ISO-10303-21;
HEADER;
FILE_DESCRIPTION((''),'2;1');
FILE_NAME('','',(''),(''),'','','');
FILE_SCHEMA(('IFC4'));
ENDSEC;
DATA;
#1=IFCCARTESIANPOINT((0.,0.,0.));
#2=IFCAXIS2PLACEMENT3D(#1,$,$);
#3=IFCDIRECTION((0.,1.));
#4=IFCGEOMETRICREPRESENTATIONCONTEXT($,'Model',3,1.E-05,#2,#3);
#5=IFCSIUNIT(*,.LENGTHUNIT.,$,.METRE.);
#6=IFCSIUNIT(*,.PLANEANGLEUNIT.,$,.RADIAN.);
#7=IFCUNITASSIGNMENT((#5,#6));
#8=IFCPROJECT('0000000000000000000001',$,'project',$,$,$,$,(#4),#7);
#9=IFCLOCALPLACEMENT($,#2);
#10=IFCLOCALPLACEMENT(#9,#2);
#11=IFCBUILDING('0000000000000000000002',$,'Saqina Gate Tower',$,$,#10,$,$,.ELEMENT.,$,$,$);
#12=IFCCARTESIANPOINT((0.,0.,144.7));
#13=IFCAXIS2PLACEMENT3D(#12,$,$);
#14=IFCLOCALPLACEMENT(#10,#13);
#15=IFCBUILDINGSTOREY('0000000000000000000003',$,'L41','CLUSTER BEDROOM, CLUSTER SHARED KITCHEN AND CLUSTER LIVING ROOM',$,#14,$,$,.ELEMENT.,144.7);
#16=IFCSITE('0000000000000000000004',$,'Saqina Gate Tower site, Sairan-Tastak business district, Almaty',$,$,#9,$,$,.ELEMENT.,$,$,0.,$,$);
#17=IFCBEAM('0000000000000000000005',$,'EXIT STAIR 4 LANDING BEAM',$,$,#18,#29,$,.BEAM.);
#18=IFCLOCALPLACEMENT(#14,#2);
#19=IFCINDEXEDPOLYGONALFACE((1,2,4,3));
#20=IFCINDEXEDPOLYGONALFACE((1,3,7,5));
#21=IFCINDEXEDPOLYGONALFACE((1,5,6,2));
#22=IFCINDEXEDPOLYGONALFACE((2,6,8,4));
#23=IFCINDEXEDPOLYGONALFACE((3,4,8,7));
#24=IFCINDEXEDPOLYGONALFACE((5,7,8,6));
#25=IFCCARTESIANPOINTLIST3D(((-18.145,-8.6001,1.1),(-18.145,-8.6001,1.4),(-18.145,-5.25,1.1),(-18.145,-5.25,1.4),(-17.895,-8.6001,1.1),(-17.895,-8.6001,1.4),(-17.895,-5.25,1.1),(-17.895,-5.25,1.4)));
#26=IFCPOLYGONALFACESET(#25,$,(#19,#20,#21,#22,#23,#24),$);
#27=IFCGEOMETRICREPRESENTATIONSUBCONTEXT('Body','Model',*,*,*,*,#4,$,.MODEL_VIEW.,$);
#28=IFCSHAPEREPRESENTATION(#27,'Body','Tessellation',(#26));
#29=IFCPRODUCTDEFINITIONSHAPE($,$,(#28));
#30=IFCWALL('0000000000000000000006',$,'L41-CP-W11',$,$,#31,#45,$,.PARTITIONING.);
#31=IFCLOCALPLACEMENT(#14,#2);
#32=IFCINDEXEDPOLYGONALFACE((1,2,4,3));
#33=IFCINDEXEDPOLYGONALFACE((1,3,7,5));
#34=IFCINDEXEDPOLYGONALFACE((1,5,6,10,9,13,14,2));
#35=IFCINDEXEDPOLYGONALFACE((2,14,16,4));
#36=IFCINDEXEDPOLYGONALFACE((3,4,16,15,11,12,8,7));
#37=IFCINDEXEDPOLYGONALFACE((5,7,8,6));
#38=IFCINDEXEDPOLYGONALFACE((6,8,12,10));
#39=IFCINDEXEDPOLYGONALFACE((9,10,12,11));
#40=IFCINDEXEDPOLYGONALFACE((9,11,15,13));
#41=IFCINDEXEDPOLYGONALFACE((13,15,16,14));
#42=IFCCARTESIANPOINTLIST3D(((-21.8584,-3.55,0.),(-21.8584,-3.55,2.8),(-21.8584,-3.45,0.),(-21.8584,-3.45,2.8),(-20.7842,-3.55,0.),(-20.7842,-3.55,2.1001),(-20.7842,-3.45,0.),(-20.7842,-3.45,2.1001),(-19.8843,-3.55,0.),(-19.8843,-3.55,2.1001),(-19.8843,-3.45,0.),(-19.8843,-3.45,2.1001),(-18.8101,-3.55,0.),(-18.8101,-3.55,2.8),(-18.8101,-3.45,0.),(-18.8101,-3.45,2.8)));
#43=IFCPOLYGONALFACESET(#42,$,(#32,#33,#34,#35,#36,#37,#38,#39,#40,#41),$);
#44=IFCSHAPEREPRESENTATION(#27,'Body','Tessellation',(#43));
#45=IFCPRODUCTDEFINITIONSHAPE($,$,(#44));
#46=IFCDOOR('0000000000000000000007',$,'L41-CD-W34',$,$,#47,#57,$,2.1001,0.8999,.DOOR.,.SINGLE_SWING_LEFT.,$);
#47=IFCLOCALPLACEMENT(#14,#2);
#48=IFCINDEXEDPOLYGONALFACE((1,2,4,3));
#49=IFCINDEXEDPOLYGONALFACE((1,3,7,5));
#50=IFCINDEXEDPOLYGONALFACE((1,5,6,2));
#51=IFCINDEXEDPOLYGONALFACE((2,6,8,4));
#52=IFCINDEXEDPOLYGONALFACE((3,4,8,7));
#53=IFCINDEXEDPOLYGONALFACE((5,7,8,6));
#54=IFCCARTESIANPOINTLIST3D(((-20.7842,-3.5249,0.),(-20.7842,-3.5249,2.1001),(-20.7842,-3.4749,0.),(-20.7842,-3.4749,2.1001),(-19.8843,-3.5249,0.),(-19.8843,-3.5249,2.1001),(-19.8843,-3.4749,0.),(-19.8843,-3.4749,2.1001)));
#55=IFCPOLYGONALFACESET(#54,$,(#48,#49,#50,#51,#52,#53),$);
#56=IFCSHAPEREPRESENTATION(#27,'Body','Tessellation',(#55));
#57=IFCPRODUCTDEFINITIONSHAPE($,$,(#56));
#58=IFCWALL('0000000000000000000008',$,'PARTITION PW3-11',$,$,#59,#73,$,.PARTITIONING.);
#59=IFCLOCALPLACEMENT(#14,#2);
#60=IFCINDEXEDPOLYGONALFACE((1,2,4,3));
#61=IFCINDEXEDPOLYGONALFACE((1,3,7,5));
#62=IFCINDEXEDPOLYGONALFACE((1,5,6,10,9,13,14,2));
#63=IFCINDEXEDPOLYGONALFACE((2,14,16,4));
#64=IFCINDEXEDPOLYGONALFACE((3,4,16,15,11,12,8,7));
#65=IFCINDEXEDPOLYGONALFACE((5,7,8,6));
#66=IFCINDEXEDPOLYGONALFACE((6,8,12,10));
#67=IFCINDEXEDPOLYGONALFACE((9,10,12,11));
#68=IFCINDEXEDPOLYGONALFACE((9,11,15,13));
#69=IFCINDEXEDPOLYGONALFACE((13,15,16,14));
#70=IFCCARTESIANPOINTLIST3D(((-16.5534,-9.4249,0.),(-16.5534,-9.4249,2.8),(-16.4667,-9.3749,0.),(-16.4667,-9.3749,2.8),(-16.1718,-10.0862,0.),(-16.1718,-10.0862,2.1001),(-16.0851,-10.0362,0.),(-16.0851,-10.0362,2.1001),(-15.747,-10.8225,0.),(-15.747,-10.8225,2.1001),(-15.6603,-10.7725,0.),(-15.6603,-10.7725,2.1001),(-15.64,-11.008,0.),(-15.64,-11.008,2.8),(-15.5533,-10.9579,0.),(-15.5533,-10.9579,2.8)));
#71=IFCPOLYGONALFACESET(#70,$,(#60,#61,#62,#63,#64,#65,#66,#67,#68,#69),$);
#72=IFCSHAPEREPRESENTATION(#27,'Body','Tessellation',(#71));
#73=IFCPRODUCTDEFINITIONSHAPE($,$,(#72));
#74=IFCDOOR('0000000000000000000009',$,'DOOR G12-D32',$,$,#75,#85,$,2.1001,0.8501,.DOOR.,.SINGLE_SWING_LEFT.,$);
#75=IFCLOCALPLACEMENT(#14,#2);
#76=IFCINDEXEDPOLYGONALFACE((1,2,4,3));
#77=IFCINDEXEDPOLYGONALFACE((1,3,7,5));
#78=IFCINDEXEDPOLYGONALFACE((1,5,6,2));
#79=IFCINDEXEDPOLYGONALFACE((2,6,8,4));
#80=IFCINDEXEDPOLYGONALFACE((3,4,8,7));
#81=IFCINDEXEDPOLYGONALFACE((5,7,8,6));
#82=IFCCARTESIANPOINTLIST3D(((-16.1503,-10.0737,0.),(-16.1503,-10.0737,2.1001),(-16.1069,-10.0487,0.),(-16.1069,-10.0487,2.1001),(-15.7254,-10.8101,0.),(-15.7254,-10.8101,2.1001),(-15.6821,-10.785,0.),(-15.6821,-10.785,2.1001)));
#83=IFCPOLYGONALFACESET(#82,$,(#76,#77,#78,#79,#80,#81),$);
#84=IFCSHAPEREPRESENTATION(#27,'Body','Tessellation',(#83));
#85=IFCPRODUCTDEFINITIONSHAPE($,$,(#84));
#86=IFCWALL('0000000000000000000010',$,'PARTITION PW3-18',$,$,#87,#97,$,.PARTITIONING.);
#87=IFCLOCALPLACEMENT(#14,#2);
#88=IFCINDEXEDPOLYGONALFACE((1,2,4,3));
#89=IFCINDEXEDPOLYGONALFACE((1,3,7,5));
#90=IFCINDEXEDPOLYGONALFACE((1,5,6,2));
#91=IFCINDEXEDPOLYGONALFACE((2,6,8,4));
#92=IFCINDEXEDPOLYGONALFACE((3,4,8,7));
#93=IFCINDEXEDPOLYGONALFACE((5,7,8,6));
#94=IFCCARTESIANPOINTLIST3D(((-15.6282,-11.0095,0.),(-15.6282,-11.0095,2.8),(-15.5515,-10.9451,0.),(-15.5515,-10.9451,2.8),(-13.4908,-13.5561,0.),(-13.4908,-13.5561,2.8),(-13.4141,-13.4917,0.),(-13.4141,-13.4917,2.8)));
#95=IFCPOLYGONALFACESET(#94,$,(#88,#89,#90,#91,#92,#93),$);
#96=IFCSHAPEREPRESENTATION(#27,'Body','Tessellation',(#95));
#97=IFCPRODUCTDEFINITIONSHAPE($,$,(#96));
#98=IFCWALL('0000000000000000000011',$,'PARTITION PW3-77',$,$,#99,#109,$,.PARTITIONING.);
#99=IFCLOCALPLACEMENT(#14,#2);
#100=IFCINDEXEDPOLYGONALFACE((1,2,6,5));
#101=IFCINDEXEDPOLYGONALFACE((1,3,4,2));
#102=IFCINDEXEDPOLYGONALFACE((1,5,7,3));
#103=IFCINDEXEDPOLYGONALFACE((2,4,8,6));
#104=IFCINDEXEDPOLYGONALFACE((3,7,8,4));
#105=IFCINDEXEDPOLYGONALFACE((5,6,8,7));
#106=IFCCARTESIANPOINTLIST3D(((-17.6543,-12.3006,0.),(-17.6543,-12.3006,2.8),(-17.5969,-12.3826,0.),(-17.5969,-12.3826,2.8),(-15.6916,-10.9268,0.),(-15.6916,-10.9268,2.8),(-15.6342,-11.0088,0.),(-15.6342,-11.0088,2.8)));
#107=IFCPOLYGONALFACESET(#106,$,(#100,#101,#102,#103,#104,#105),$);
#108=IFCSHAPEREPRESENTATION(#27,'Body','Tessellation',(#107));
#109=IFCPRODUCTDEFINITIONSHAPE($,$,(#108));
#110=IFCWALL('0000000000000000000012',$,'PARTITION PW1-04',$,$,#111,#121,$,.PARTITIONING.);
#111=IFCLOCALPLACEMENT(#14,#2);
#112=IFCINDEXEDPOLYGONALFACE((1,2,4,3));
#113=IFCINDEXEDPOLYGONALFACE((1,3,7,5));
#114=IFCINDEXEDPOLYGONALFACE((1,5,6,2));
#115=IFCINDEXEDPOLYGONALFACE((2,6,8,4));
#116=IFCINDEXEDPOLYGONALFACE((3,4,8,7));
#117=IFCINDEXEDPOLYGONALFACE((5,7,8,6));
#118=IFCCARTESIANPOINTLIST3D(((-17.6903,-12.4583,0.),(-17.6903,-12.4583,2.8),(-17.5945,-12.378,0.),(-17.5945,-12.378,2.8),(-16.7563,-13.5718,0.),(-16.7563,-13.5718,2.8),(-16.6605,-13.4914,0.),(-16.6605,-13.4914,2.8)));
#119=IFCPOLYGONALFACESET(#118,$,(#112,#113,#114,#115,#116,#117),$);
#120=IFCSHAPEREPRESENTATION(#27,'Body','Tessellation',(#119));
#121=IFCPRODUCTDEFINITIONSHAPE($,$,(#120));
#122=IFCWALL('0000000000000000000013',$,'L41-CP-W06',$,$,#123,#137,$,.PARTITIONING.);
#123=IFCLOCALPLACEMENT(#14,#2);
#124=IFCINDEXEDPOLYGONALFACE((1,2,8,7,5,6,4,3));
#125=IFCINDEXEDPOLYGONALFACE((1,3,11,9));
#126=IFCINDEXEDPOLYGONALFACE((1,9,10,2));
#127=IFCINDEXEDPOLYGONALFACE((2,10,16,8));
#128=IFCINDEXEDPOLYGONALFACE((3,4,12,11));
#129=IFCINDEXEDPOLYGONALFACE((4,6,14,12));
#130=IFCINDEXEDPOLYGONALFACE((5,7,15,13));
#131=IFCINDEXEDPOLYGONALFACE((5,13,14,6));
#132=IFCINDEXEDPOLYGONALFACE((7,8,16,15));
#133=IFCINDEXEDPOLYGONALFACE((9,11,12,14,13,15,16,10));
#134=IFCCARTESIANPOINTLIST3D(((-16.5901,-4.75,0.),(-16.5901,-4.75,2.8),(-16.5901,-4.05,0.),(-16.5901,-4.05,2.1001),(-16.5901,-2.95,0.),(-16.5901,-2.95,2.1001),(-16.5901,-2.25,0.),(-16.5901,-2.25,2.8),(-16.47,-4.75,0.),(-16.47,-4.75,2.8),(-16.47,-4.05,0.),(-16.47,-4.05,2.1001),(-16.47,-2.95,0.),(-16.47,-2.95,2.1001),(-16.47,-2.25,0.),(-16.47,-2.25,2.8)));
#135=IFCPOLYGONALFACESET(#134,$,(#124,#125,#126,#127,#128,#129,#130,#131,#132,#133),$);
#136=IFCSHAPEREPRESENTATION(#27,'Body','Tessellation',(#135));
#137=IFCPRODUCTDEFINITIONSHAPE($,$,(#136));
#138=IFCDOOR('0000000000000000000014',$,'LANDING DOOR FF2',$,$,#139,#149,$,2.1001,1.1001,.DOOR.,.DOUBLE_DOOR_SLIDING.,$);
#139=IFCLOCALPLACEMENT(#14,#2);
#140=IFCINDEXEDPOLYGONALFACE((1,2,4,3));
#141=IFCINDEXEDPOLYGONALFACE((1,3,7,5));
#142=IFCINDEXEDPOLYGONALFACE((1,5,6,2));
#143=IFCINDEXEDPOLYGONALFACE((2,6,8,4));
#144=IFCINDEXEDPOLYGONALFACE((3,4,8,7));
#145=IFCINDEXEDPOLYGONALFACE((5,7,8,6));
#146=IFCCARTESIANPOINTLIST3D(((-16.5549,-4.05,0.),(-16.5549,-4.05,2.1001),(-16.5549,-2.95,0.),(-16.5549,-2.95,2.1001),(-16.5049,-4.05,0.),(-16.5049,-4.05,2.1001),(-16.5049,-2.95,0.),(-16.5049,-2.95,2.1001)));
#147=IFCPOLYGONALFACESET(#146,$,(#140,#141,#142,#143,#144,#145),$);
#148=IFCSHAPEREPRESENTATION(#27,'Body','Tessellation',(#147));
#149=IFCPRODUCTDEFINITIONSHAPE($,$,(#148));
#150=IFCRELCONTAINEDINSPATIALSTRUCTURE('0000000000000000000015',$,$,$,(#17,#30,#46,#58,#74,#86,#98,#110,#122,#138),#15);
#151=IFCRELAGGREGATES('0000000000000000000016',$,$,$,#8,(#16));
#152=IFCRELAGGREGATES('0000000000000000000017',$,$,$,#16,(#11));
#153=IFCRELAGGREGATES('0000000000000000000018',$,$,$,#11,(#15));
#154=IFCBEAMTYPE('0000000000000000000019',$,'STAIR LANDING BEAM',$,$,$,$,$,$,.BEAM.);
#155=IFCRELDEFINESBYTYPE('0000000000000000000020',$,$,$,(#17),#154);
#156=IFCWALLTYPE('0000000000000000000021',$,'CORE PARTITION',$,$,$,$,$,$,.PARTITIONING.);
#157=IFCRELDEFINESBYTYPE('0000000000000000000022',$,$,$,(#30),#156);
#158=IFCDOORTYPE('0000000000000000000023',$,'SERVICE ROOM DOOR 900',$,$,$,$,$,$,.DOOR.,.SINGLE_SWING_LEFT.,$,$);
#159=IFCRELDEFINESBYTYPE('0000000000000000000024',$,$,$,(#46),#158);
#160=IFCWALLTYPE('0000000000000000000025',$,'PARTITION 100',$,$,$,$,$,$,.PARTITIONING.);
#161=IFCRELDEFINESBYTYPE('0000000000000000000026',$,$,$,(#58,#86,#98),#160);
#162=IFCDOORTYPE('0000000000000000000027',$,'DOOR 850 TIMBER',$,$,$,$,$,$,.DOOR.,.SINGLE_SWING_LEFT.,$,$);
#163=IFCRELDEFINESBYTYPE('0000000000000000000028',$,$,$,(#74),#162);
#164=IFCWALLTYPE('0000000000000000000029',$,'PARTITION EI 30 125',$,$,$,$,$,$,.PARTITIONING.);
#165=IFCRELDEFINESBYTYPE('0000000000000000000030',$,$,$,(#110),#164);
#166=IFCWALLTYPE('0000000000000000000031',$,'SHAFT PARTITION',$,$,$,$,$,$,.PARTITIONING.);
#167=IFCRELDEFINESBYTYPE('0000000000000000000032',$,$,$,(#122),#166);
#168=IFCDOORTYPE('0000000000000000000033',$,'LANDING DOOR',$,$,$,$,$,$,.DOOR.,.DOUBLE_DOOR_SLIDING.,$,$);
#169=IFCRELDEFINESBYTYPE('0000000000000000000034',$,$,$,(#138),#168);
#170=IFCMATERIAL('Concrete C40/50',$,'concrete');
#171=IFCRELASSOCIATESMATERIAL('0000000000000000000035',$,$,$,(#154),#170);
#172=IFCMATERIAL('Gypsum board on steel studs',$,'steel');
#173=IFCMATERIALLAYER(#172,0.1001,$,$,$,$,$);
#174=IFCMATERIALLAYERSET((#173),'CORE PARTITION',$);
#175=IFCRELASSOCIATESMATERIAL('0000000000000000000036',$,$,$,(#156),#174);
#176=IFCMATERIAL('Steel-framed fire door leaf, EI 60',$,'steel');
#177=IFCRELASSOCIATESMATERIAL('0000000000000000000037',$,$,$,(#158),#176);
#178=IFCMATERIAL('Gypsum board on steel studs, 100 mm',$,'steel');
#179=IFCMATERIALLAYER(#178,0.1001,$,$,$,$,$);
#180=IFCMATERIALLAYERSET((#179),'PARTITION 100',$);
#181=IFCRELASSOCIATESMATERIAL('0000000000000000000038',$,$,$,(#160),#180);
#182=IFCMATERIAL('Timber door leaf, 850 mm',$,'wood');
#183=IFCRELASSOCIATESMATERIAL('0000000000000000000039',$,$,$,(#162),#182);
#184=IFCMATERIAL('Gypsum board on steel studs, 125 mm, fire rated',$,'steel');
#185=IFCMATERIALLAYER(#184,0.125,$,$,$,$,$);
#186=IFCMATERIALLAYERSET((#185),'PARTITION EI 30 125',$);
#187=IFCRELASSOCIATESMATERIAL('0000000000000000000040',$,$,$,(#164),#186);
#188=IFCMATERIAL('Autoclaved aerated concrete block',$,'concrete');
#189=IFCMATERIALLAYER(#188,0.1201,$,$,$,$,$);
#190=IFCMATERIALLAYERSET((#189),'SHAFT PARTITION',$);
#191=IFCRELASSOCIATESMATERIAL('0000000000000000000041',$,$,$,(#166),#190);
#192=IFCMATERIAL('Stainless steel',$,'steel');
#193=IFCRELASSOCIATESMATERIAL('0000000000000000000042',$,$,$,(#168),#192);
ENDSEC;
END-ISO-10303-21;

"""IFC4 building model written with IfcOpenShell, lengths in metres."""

from ifc_helpers import new_model, si_unit, direction, frame, frame_2d, origin, origin_2d, place, context, subcontext, project, spatial, rectangle, extrude, material, layer, layer_set, material_profile, profile_set, type_object, element, fill, save


model = new_model("IFC4")

# Units and contexts
model_context = context("Model", 3, precision=1e-05, world=origin(), true_north=direction((0.0, 1.0)))
body_context = subcontext(model_context, "Body", "Model", "MODEL_VIEW")
ifc_project = project(units=[si_unit("LENGTHUNIT", "METRE"), si_unit("PLANEANGLEUNIT", "RADIAN")], contexts=[model_context])

# Site, building, storey
site_placement = place(None, origin())
site = spatial("IfcSite", under=ifc_project, at=site_placement, Name="Saqina Gate Tower site, Sairan-Tastak business district, Almaty", CompositionType="ELEMENT", RefElevation=0.0)
building_placement = place(site_placement, origin())
building = spatial("IfcBuilding", under=site, at=building_placement, Name="Saqina Gate Tower", CompositionType="ELEMENT")
storey_placement = place(building_placement, frame((0.0, 0.0, 144.7)))
storey = spatial("IfcBuildingStorey", under=building, at=storey_placement, Name="L41", Description="CLUSTER BEDROOM, CLUSTER SHARED KITCHEN AND CLUSTER LIVING ROOM", CompositionType="ELEMENT", Elevation=144.7)

# Beam
ifc_material_1 = material(Name="Concrete C40/50", Category="concrete")
ifc_material_profile = material_profile(ifc_material_1, rectangle(XDim=0.25, YDim=0.3, at=origin_2d()), Name="STAIR LANDING BEAM")
ifc_profile_set = profile_set([ifc_material_profile], Name="Concrete C40/50")
beam_type = type_object("IfcBeamType", Name="STAIR LANDING BEAM", PredefinedType="BEAM", material=ifc_profile_set)
beam_placement = place(storey_placement, frame((-18.02, -8.6001, 1.25), z_axis=(0.0, 1.0, 0.0), x_axis=(-1.0, 0.0, 0.0)))
element("IfcBeam", 1, at=beam_placement, inside=storey, type_object=beam_type, Name="EXIT STAIR 4 LANDING BEAM", PredefinedType="BEAM", context=body_context, shape_type="SweptSolid", body=[
    extrude(rectangle(XDim=0.25, YDim=0.3, at=origin_2d()), origin(), (0.0, 0.0, 1.0), 3.3501),
])

# Walls, openings, doors
ifc_material_2 = material(Name="Gypsum board on steel studs", Category="steel")
ifc_layer_1 = layer(ifc_material_2, 0.1001)
ifc_layer_set_1 = layer_set([ifc_layer_1], Name="CORE PARTITION")
wall_type_1 = type_object("IfcWallType", Name="CORE PARTITION", PredefinedType="PARTITIONING", material=ifc_layer_set_1)
wall_1_placement = place(storey_placement, frame((-18.8101, -3.5, 0.0), z_axis=(0.0, 0.0, 1.0), x_axis=(-1.0, 0.0, 0.0)))
wall_1 = element("IfcWall", 2, at=wall_1_placement, inside=storey, type_object=wall_type_1, Name="L41-CP-W11", PredefinedType="PARTITIONING", context=body_context, shape_type="SweptSolid", body=[
    extrude(rectangle(XDim=3.0483, YDim=0.1001, at=frame_2d((1.5242, 0.0))), origin(), (0.0, 0.0, 1.0), 2.8),
])
opening_1_placement = place(wall_1_placement, frame((1.0742, 0.0, 0.0)))
opening_1 = element("IfcOpeningElement", 3, at=opening_1_placement, cuts=wall_1, PredefinedType="OPENING", context=body_context, shape_type="SweptSolid", body=[
    extrude(rectangle(XDim=0.8999, YDim=2.1001, at=frame_2d((0.45, 1.05))), frame((0.0, 0.062, 0.0), z_axis=(0.0, -1.0, 0.0), x_axis=(1.0, 0.0, 0.0)), (0.0, 0.0, 1.0), 0.124),
])
ifc_material_3 = material(Name="Steel-framed fire door leaf, EI 60", Category="steel")
door_type_1 = type_object("IfcDoorType", Name="SERVICE ROOM DOOR 900", OperationType="SINGLE_SWING_LEFT", PredefinedType="DOOR", material=ifc_material_3)
door_1_placement = place(opening_1_placement, origin())
door_1 = element("IfcDoor", 4, at=door_1_placement, inside=storey, type_object=door_type_1, Name="L41-CD-W34", OperationType="SINGLE_SWING_LEFT", OverallHeight=2.1001, OverallWidth=0.8999, PredefinedType="DOOR", context=body_context, shape_type="SweptSolid", body=[
    extrude(rectangle(XDim=0.8999, YDim=2.1001, at=frame_2d((0.45, 1.05))), frame((0.0, 0.0249, 0.0), z_axis=(0.0, -1.0, 0.0), x_axis=(1.0, 0.0, 0.0)), (0.0, 0.0, 1.0), 0.05),
])
fill(opening_1, door_1)
ifc_material_4 = material(Name="Gypsum board on steel studs, 100 mm", Category="steel")
ifc_layer_2 = layer(ifc_material_4, 0.1001)
ifc_layer_set_2 = layer_set([ifc_layer_2], Name="PARTITION 100")
wall_type_2 = type_object("IfcWallType", Name="PARTITION 100", PredefinedType="PARTITIONING", material=ifc_layer_set_2)
wall_2_placement = place(storey_placement, frame((-16.51, -9.3999, 0.0), z_axis=(0.0, 0.0, 1.0), x_axis=(0.499746, -0.866172, 0.0)))
wall_2 = element("IfcWall", 5, at=wall_2_placement, inside=storey, type_object=wall_type_2, Name="PARTITION PW3-11", PredefinedType="PARTITIONING", context=body_context, shape_type="SweptSolid", body=[
    extrude(rectangle(XDim=1.8276, YDim=0.1001, at=frame_2d((0.9138, 0.0))), origin(), (0.0, 0.0, 1.0), 2.8),
])
opening_2_placement = place(wall_2_placement, frame((0.7634, 0.0, 0.0)))
opening_2 = element("IfcOpeningElement", 6, at=opening_2_placement, cuts=wall_2, PredefinedType="OPENING", context=body_context, shape_type="SweptSolid", body=[
    extrude(rectangle(XDim=0.8501, YDim=2.1001, at=frame_2d((0.425, 1.05))), frame((0.0, 0.062, 0.0), z_axis=(0.0, -1.0, 0.0), x_axis=(1.0, 0.0, 0.0)), (0.0, 0.0, 1.0), 0.124),
])
ifc_material_5 = material(Name="Timber door leaf, 850 mm", Category="wood")
door_type_2 = type_object("IfcDoorType", Name="DOOR 850 TIMBER", OperationType="SINGLE_SWING_LEFT", PredefinedType="DOOR", material=ifc_material_5)
door_2_placement = place(opening_2_placement, origin())
door_2 = element("IfcDoor", 7, at=door_2_placement, inside=storey, type_object=door_type_2, Name="DOOR G12-D32", OperationType="SINGLE_SWING_LEFT", OverallHeight=2.1001, OverallWidth=0.8501, PredefinedType="DOOR", context=body_context, shape_type="SweptSolid", body=[
    extrude(rectangle(XDim=0.8501, YDim=2.1001, at=frame_2d((0.425, 1.05))), frame((0.0, 0.0249, 0.0), z_axis=(0.0, -1.0, 0.0), x_axis=(1.0, 0.0, 0.0)), (0.0, 0.0, 1.0), 0.05),
])
fill(opening_2, door_2)

# Walls
wall_3_placement = place(storey_placement, frame((-15.5898, -10.9773, 0.0), z_axis=(0.0, 0.0, 1.0), x_axis=(0.642889, -0.765959, 0.0)))
element("IfcWall", 8, at=wall_3_placement, inside=storey, type_object=wall_type_2, Name="PARTITION PW3-18", PredefinedType="PARTITIONING", context=body_context, shape_type="SweptSolid", body=[
    extrude(rectangle(XDim=3.3247, YDim=0.1001, at=frame_2d((1.6624, 0.0))), origin(), (0.0, 0.0, 1.0), 2.8),
])
wall_4_placement = place(storey_placement, frame((-17.6255, -12.3416, 0.0), z_axis=(0.0, 0.0, 1.0), x_axis=(0.819246, 0.573442, 0.0)))
element("IfcWall", 9, at=wall_4_placement, inside=storey, type_object=wall_type_2, Name="PARTITION PW3-77", PredefinedType="PARTITIONING", context=body_context, shape_type="SweptSolid", body=[
    extrude(rectangle(XDim=2.3958, YDim=0.1001, at=frame_2d((1.1978, 0.0))), origin(), (0.0, 0.0, 1.0), 2.8),
])
ifc_material_6 = material(Name="Gypsum board on steel studs, 125 mm, fire rated", Category="steel")
ifc_layer_3 = layer(ifc_material_6, 0.125)
ifc_layer_set_3 = layer_set([ifc_layer_3], Name="PARTITION EI 30 125")
wall_type_3 = type_object("IfcWallType", Name="PARTITION EI 30 125", PredefinedType="PARTITIONING", material=ifc_layer_set_3)
wall_5_placement = place(storey_placement, frame((-17.6423, -12.4182, 0.0), z_axis=(0.0, 0.0, 1.0), x_axis=(0.642676, -0.766138, 0.0)))
element("IfcWall", 10, at=wall_5_placement, inside=storey, type_object=wall_type_3, Name="PARTITION PW1-04", PredefinedType="PARTITIONING", context=body_context, shape_type="SweptSolid", body=[
    extrude(rectangle(XDim=1.4534, YDim=0.125, at=frame_2d((0.7266, 0.0))), origin(), (0.0, 0.0, 1.0), 2.8),
])

# Wall, opening, door
ifc_material_7 = material(Name="Autoclaved aerated concrete block", Category="concrete")
ifc_layer_4 = layer(ifc_material_7, 0.1201)
ifc_layer_set_4 = layer_set([ifc_layer_4], Name="SHAFT PARTITION")
wall_type_4 = type_object("IfcWallType", Name="SHAFT PARTITION", PredefinedType="PARTITIONING", material=ifc_layer_set_4)
wall_6_placement = place(storey_placement, frame((-16.53, -4.75, 0.0), z_axis=(0.0, 0.0, 1.0), x_axis=(0.0, 1.0, 0.0)))
wall_6 = element("IfcWall", 11, at=wall_6_placement, inside=storey, type_object=wall_type_4, Name="L41-CP-W06", PredefinedType="PARTITIONING", context=body_context, shape_type="SweptSolid", body=[
    extrude(rectangle(XDim=2.5, YDim=0.1201, at=frame_2d((1.25, 0.0))), origin(), (0.0, 0.0, 1.0), 2.8),
])
opening_3_placement = place(wall_6_placement, frame((0.7, 0.0, 0.0)))
opening_3 = element("IfcOpeningElement", 12, at=opening_3_placement, cuts=wall_6, PredefinedType="OPENING", context=body_context, shape_type="SweptSolid", body=[
    extrude(rectangle(XDim=1.1001, YDim=2.1001, at=frame_2d((0.55, 1.05))), frame((0.0, 0.072, 0.0), z_axis=(0.0, -1.0, 0.0), x_axis=(1.0, 0.0, 0.0)), (0.0, 0.0, 1.0), 0.144),
])
ifc_material_8 = material(Name="Stainless steel", Category="steel")
door_type_3 = type_object("IfcDoorType", Name="LANDING DOOR", OperationType="DOUBLE_DOOR_SLIDING", PredefinedType="DOOR", material=ifc_material_8)
door_3_placement = place(opening_3_placement, origin())
door_3 = element("IfcDoor", 13, at=door_3_placement, inside=storey, type_object=door_type_3, Name="LANDING DOOR FF2", OperationType="DOUBLE_DOOR_SLIDING", OverallHeight=2.1001, OverallWidth=1.1001, PredefinedType="DOOR", context=body_context, shape_type="SweptSolid", body=[
    extrude(rectangle(XDim=1.1001, YDim=2.1001, at=frame_2d((0.55, 1.05))), frame((0.0, 0.0249, 0.0), z_axis=(0.0, -1.0, 0.0), x_axis=(1.0, 0.0, 0.0)), (0.0, 0.0, 1.0), 0.05),
])
fill(opening_3, door_3)

save(model, "model.ifc")
